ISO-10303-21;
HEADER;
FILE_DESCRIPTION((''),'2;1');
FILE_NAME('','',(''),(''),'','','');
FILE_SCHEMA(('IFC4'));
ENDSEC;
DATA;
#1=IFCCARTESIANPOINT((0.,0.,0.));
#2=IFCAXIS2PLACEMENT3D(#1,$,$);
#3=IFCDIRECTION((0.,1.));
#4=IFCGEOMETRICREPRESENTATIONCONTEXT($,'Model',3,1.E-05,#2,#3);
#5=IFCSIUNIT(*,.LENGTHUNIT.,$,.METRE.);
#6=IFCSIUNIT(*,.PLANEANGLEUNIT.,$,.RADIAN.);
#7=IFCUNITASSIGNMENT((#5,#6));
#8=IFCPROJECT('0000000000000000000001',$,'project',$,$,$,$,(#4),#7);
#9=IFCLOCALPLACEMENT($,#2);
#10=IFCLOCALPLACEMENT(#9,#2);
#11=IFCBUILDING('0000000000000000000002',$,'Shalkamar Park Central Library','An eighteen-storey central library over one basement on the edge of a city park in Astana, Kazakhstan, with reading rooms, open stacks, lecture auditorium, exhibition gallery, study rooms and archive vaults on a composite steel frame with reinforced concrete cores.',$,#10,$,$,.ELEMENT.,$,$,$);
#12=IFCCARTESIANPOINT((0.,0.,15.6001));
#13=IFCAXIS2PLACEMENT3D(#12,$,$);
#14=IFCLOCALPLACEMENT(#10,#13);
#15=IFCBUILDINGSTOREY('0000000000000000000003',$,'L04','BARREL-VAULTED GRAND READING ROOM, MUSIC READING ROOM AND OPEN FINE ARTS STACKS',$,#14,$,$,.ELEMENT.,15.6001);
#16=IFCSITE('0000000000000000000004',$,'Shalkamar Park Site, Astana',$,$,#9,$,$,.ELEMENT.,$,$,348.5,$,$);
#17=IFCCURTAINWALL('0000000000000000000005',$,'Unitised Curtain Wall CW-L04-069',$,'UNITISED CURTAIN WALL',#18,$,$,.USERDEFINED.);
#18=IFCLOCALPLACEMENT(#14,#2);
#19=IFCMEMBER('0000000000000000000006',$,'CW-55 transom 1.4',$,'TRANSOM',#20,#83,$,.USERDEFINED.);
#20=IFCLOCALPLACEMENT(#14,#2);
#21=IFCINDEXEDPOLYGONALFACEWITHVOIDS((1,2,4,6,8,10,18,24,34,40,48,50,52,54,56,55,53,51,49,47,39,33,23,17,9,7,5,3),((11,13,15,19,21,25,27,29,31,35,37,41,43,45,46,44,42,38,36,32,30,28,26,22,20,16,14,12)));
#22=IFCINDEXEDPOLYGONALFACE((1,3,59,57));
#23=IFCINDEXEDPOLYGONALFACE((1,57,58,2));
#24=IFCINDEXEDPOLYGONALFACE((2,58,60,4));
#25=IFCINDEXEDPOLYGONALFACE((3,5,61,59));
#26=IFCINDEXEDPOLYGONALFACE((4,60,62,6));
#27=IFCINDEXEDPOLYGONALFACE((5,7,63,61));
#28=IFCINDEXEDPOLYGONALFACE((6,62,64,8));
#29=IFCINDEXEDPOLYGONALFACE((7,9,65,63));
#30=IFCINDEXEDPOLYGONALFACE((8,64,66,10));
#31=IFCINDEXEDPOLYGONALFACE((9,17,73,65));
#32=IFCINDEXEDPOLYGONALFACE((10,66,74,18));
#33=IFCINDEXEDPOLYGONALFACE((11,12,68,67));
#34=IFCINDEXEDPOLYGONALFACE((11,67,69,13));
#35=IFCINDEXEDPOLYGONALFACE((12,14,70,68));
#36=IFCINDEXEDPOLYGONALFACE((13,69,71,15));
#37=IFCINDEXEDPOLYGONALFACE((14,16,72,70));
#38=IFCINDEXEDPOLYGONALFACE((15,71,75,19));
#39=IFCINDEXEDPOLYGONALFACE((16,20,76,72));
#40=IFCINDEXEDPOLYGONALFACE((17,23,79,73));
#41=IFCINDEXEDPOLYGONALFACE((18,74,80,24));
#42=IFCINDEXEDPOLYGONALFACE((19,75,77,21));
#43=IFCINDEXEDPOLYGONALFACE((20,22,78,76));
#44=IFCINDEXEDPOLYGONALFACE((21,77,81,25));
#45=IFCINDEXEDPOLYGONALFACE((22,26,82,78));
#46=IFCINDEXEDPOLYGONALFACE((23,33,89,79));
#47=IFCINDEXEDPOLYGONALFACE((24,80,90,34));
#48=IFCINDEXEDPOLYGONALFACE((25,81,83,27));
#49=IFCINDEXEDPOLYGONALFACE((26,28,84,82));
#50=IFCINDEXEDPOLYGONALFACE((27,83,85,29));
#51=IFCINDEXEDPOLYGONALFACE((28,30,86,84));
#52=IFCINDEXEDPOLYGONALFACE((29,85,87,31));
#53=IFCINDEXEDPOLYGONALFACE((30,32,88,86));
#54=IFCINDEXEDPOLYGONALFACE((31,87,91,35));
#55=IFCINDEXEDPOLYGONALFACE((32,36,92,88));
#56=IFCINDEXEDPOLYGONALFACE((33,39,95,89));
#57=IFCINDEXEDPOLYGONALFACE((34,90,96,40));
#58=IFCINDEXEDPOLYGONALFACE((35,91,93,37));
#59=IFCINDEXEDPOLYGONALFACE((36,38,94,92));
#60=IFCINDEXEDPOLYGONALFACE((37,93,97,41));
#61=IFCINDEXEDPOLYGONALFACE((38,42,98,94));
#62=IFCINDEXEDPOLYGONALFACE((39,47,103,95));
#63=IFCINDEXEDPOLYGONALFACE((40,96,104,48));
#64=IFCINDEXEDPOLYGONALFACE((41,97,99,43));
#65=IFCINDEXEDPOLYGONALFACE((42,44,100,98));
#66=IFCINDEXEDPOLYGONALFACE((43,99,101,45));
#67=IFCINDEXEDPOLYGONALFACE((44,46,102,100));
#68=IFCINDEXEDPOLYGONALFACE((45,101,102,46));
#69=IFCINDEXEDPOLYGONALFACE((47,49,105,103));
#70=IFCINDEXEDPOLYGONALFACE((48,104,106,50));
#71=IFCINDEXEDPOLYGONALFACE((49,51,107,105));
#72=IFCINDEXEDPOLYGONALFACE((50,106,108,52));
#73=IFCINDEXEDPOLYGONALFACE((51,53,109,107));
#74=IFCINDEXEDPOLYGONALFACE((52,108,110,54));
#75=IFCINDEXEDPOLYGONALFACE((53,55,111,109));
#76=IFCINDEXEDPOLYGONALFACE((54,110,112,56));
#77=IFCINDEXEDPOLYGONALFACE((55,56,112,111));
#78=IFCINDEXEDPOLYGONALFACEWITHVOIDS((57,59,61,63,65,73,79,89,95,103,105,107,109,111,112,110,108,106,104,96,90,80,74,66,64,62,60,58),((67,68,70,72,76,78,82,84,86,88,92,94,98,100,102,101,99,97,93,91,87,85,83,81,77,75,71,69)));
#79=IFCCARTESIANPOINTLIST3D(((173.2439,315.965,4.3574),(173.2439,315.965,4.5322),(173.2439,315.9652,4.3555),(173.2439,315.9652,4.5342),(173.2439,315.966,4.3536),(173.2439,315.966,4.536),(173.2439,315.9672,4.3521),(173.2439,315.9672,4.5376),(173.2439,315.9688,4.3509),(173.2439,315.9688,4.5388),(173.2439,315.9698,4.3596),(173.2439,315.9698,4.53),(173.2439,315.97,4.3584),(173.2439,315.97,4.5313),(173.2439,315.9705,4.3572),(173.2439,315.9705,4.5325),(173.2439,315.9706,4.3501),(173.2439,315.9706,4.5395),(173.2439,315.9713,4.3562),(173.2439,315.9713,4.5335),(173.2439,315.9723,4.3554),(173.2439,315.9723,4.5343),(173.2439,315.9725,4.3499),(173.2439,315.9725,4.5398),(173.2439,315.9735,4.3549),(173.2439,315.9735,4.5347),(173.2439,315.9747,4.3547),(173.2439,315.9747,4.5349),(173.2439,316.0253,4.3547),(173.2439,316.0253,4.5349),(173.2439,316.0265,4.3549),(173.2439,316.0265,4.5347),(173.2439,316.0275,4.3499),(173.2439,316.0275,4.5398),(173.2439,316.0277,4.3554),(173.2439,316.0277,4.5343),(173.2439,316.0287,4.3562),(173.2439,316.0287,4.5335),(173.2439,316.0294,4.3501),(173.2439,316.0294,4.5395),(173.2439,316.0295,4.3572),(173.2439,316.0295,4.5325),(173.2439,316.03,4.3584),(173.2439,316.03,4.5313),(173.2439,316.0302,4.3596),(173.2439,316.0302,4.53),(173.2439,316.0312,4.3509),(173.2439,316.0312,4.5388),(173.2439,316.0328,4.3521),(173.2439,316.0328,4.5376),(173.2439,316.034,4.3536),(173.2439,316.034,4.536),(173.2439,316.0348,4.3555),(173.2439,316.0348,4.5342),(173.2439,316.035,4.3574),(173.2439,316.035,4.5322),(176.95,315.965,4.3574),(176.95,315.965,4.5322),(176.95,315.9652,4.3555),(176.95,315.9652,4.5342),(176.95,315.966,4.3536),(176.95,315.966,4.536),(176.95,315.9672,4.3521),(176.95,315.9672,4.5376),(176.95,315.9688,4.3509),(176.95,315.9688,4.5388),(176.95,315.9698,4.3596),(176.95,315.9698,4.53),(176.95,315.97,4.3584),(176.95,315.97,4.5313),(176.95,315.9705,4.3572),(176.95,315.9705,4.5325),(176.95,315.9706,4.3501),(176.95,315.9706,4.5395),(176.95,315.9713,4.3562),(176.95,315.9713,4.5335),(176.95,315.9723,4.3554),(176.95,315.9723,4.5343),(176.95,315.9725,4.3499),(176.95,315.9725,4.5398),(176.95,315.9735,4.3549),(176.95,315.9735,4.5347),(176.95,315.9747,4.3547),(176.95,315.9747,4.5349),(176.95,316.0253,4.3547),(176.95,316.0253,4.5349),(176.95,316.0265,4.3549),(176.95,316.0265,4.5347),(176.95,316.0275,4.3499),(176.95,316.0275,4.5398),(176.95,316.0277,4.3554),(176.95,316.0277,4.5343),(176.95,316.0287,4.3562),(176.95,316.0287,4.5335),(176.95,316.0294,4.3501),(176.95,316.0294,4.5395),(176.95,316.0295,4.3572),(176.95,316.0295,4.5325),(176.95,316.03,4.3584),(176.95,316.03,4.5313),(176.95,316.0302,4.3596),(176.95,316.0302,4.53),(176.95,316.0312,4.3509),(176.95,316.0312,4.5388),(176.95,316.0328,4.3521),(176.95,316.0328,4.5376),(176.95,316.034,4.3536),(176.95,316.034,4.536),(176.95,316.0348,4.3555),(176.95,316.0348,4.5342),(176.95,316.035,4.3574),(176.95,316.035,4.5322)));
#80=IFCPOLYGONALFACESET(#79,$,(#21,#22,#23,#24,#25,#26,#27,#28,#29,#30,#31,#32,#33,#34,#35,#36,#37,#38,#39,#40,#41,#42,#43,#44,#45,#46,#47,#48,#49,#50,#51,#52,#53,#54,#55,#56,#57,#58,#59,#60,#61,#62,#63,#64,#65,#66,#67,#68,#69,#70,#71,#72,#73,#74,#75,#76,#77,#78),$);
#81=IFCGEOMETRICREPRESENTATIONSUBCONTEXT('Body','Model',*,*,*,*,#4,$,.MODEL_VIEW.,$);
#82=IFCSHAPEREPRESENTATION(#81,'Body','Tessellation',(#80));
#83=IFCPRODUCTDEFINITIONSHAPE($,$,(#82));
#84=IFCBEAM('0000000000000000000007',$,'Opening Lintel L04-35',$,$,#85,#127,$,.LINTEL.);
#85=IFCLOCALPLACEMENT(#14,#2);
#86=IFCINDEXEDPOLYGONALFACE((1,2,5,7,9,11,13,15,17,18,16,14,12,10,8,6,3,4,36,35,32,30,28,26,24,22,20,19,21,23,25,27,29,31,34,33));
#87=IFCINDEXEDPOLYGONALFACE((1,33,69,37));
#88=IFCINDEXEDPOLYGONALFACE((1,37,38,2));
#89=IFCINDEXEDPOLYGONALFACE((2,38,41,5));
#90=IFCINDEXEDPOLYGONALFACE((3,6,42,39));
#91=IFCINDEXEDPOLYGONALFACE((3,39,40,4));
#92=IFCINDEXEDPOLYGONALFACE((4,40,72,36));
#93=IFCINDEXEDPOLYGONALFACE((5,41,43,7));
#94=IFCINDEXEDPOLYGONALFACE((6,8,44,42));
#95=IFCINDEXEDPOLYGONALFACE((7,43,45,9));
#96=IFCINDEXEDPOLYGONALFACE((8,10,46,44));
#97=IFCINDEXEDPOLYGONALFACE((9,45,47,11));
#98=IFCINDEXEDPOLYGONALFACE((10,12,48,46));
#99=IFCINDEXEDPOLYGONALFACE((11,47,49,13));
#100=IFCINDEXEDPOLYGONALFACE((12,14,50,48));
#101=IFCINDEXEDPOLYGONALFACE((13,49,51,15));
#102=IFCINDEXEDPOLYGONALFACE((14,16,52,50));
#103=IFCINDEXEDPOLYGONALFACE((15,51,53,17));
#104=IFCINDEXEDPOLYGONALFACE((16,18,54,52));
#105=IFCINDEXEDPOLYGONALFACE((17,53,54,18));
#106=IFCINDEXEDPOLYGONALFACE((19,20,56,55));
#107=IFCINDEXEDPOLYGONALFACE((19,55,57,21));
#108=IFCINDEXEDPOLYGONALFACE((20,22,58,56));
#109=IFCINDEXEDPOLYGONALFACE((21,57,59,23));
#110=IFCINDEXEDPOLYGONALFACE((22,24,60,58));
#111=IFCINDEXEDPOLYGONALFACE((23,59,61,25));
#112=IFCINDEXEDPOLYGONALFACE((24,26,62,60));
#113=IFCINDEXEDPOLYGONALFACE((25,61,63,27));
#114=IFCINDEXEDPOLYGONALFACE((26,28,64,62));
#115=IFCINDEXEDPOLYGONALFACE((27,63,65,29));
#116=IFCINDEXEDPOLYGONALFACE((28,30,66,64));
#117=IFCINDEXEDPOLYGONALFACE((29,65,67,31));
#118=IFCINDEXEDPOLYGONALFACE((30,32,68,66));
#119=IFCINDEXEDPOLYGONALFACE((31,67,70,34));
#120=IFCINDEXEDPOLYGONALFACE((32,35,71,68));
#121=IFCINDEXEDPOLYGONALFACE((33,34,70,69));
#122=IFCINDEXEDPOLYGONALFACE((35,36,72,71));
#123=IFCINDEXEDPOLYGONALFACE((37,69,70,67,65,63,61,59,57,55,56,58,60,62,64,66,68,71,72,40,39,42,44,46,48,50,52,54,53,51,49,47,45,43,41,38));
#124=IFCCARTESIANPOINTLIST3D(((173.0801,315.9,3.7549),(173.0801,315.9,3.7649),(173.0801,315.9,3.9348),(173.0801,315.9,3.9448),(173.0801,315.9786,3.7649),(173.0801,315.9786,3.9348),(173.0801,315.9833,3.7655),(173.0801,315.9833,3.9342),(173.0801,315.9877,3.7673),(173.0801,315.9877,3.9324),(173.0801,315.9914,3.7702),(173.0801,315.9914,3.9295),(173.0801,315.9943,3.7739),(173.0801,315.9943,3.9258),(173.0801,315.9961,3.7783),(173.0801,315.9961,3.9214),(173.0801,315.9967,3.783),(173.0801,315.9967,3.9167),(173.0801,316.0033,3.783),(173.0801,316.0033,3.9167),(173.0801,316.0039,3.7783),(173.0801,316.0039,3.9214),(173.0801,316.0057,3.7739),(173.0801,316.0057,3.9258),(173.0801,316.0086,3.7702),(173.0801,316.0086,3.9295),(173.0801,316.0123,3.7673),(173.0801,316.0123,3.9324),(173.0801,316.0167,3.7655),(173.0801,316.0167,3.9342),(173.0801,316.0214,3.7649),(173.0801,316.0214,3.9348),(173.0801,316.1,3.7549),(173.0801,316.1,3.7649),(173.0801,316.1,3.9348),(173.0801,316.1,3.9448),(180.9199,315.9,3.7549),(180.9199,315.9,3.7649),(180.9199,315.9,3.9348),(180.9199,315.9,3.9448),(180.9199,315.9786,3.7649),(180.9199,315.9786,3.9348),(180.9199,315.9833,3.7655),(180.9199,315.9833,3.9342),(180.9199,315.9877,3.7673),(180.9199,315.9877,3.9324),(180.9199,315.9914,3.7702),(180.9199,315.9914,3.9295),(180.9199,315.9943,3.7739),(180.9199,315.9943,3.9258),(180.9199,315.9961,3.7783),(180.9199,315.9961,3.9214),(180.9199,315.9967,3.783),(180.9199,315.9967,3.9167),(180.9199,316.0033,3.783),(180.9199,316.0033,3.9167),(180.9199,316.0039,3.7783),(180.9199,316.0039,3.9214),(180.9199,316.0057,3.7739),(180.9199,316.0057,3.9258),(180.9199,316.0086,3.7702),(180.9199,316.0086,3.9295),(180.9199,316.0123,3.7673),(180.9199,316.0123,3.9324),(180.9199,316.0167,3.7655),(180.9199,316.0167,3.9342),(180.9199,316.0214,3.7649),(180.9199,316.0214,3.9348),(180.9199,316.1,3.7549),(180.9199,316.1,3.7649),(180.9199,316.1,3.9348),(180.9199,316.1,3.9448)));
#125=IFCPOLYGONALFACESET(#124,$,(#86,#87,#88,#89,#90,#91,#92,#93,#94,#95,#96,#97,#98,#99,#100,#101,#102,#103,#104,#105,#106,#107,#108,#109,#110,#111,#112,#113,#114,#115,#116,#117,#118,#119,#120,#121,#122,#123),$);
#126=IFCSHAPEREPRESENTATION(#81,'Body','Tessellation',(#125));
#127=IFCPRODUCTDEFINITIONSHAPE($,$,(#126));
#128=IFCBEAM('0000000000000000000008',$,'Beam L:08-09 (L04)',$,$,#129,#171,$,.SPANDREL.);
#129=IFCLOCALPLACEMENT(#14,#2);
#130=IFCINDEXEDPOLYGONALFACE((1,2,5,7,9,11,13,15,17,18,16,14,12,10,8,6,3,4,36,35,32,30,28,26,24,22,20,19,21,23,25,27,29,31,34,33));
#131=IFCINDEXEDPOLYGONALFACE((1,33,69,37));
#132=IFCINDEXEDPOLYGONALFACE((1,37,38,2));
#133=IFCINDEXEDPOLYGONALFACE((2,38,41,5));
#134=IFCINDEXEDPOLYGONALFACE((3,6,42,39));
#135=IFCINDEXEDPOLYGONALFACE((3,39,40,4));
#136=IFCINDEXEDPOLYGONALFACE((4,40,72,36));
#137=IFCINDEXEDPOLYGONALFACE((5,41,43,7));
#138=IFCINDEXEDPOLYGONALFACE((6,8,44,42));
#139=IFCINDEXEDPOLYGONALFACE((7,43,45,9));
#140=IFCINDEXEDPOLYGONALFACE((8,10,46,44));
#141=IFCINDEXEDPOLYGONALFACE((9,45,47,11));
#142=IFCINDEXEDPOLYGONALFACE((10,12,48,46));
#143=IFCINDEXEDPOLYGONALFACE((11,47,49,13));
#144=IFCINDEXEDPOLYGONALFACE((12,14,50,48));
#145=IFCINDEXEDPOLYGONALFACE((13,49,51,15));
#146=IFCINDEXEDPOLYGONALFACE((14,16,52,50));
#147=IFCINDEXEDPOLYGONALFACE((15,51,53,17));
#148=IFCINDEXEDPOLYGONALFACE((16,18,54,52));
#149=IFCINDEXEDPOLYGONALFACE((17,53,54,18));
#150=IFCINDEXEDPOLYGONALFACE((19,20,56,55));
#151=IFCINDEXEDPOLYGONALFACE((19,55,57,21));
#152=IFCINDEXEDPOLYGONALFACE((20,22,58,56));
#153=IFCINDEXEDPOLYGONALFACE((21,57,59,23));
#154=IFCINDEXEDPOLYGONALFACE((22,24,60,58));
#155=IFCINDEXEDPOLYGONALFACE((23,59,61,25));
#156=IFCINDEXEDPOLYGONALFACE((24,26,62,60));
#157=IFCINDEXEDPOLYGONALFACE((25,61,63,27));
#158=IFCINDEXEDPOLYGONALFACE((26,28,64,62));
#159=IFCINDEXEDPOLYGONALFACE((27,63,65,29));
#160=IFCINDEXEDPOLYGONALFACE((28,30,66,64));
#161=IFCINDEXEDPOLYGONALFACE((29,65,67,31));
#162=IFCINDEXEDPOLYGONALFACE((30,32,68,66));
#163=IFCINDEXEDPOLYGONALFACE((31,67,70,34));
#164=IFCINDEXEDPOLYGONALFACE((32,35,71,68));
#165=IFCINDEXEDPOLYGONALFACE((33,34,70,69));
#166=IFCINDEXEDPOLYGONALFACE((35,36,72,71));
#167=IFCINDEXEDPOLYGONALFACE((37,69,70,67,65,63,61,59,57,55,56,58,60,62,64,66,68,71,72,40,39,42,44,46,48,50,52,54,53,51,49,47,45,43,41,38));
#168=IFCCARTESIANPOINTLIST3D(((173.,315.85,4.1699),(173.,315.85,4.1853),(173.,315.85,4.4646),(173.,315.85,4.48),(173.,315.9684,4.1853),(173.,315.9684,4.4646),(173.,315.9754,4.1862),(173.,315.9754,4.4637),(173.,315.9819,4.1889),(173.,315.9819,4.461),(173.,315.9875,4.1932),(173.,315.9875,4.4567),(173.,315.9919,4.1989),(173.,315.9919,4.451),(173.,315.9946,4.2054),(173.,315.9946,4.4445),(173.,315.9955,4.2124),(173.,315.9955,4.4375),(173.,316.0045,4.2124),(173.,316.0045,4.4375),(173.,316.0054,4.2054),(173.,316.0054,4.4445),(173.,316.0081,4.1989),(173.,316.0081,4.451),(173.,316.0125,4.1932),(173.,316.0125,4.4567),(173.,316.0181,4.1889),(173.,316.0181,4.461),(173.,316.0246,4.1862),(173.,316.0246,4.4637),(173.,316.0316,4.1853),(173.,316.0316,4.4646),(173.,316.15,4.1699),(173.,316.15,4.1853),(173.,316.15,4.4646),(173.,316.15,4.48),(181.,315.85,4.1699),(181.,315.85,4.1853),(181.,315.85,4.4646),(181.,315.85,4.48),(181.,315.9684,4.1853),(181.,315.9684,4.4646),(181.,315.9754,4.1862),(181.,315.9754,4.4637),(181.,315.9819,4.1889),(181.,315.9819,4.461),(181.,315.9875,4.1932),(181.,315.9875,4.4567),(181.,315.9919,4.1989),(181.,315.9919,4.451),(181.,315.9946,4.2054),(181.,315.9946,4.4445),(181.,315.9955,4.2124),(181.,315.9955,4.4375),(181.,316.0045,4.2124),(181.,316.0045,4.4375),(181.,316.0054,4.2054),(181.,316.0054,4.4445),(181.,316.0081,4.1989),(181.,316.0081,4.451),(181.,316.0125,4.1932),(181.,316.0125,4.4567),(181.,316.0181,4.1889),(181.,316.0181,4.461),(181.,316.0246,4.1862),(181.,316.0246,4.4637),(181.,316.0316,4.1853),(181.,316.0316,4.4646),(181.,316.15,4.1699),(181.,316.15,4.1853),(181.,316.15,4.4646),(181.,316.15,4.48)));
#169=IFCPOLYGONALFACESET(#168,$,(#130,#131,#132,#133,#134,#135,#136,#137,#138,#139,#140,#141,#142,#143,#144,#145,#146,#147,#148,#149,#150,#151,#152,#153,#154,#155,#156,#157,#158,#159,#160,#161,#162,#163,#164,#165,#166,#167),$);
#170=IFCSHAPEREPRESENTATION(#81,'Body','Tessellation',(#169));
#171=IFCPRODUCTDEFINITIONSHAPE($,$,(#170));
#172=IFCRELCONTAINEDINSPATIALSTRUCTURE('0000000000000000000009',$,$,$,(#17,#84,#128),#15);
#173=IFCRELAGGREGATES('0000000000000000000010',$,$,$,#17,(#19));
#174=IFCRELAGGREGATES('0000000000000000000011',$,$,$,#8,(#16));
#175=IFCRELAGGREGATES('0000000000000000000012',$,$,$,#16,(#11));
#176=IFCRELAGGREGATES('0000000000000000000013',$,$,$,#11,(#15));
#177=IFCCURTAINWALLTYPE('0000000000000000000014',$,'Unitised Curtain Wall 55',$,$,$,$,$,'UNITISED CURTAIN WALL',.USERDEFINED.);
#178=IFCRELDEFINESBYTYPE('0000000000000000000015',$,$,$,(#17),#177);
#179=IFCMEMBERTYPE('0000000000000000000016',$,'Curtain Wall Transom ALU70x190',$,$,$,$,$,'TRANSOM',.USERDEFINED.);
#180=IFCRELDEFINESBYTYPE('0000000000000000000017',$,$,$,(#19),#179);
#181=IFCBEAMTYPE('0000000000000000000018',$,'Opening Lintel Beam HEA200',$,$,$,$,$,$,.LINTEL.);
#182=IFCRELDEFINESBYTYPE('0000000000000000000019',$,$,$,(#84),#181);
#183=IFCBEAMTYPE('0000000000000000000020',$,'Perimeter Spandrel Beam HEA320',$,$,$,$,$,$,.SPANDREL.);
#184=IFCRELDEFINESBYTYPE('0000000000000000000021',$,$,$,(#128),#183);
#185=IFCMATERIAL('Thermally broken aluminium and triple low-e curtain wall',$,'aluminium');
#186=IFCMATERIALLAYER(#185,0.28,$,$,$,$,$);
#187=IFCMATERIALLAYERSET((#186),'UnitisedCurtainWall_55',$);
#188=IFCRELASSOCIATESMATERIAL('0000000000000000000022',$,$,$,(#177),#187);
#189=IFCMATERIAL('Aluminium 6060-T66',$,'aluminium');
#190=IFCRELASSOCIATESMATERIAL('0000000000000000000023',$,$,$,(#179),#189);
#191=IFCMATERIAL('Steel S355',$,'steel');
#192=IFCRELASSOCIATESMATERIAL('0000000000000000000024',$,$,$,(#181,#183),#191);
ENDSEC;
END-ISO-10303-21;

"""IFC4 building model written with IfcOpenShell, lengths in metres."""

from ifc_helpers import new_model, si_unit, direction, frame, origin, origin_2d, place, context, subcontext, project, spatial, hollow_rectangle, i_section, extrude, material, layer, layer_set, material_profile, profile_set, type_object, element, aggregate, save


model = new_model("IFC4")

# Units and contexts
model_context = context("Model", 3, precision=1e-05, world=origin(), true_north=direction((0.0, 1.0)))
body_context = subcontext(model_context, "Body", "Model", "MODEL_VIEW")
ifc_project = project(units=[si_unit("LENGTHUNIT", "METRE"), si_unit("PLANEANGLEUNIT", "RADIAN")], contexts=[model_context])

# Site, building, storey
site_placement = place(None, origin())
site = spatial("IfcSite", under=ifc_project, at=site_placement, Name="Shalkamar Park Site, Astana", CompositionType="ELEMENT", RefElevation=348.5)
building_placement = place(site_placement, origin())
building = spatial("IfcBuilding", under=site, at=building_placement, Name="Shalkamar Park Central Library", Description="An eighteen-storey central library over one basement on the edge of a city park in Astana, Kazakhstan, with reading rooms, open stacks, lecture auditorium, exhibition gallery, study rooms and archive vaults on a composite steel frame with reinforced concrete cores.", CompositionType="ELEMENT")
storey_placement = place(building_placement, frame((0.0, 0.0, 15.6001)))
storey = spatial("IfcBuildingStorey", under=building, at=storey_placement, Name="L04", Description="BARREL-VAULTED GRAND READING ROOM, MUSIC READING ROOM AND OPEN FINE ARTS STACKS", CompositionType="ELEMENT", Elevation=15.6001)

# Shared definitions
ifc_material_1 = material(Name="Steel S355", Category="steel")

# Curtain wall
ifc_material_2 = material(Name="Thermally broken aluminium and triple low-e curtain wall", Category="aluminium")
ifc_material_3 = material(Name="Aluminium 6060-T66", Category="aluminium")
ifc_layer_1 = layer(ifc_material_2, 0.28)
ifc_layer_set_1 = layer_set([ifc_layer_1], Name="UnitisedCurtainWall_55")
curtain_wall_type_1 = type_object("IfcCurtainWallType", Name="Unitised Curtain Wall 55", ElementType="UNITISED CURTAIN WALL", PredefinedType="USERDEFINED", material=ifc_layer_set_1)
curtain_wall_1_placement = place(storey_placement, origin())
curtain_wall_1 = element("IfcCurtainWall", 1, at=curtain_wall_1_placement, inside=storey, type_object=curtain_wall_type_1, Name="Unitised Curtain Wall CW-L04-069", ObjectType="UNITISED CURTAIN WALL", PredefinedType="USERDEFINED")

# Member
ifc_material_profile_1 = material_profile(ifc_material_3, hollow_rectangle(XDim=0.0701, YDim=0.1899, WallThickness=0.0049, InnerFilletRadius=0.0049, OuterFilletRadius=0.0076, at=origin_2d()), Name="ALU 70x190x5")
ifc_profile_set_1 = profile_set([ifc_material_profile_1], Name="Aluminium 6060-T66")
member_type_1 = type_object("IfcMemberType", Name="Curtain Wall Transom ALU70x190", ElementType="TRANSOM", PredefinedType="USERDEFINED", material=ifc_profile_set_1)
member_1_placement = place(storey_placement, frame((173.2439, 316.0, 4.4448), z_axis=(1.0, 0.0, 0.0), x_axis=(0.0, 1.0, 0.0)))
member_1 = element("IfcMember", 2, at=member_1_placement, type_object=member_type_1, Name="CW-55 transom 1.4", ObjectType="TRANSOM", PredefinedType="USERDEFINED", context=body_context, shape_type="SweptSolid", body=[
    extrude(hollow_rectangle(XDim=0.0701, YDim=0.1899, WallThickness=0.0049, InnerFilletRadius=0.0049, OuterFilletRadius=0.0076, at=origin_2d()), origin(), (0.0, 0.0, 1.0), 3.7061),
])

# Beams
ifc_material_profile_2 = material_profile(ifc_material_1, i_section(OverallWidth=0.2, OverallDepth=0.1899, WebThickness=0.0066, FlangeThickness=0.01, FilletRadius=0.0181, at=origin_2d()), Name="HEA 200")
ifc_profile_set_2 = profile_set([ifc_material_profile_2], Name="Steel S355")
beam_type_1 = type_object("IfcBeamType", Name="Opening Lintel Beam HEA200", PredefinedType="LINTEL", material=ifc_profile_set_2)
beam_1_placement = place(storey_placement, frame((173.0801, 316.0, 3.8499), z_axis=(1.0, 0.0, 0.0), x_axis=(0.0, 1.0, 0.0)))
element("IfcBeam", 3, at=beam_1_placement, inside=storey, type_object=beam_type_1, Name="Opening Lintel L04-35", PredefinedType="LINTEL", context=body_context, shape_type="SweptSolid", body=[
    extrude(i_section(OverallWidth=0.2, OverallDepth=0.1899, WebThickness=0.0066, FlangeThickness=0.01, FilletRadius=0.0181, at=origin_2d()), origin(), (0.0, 0.0, 1.0), 7.8398),
])
ifc_material_profile_3 = material_profile(ifc_material_1, i_section(OverallWidth=0.3, OverallDepth=0.3101, WebThickness=0.009, FlangeThickness=0.0154, FilletRadius=0.0271, at=origin_2d()), Name="HEA 320")
ifc_profile_set_3 = profile_set([ifc_material_profile_3], Name="Steel S355")
beam_type_2 = type_object("IfcBeamType", Name="Perimeter Spandrel Beam HEA320", PredefinedType="SPANDREL", material=ifc_profile_set_3)
beam_2_placement = place(storey_placement, frame((173.0, 316.0, 4.325), z_axis=(1.0, 0.0, 0.0), x_axis=(0.0, 1.0, 0.0)))
element("IfcBeam", 4, at=beam_2_placement, inside=storey, type_object=beam_type_2, Name="Beam L:08-09 (L04)", PredefinedType="SPANDREL", context=body_context, shape_type="SweptSolid", body=[
    extrude(i_section(OverallWidth=0.3, OverallDepth=0.3101, WebThickness=0.009, FlangeThickness=0.0154, FilletRadius=0.0271, at=origin_2d()), origin(), (0.0, 0.0, 1.0), 8.0),
])

aggregate(curtain_wall_1, [member_1])

save(model, "model.ifc")
